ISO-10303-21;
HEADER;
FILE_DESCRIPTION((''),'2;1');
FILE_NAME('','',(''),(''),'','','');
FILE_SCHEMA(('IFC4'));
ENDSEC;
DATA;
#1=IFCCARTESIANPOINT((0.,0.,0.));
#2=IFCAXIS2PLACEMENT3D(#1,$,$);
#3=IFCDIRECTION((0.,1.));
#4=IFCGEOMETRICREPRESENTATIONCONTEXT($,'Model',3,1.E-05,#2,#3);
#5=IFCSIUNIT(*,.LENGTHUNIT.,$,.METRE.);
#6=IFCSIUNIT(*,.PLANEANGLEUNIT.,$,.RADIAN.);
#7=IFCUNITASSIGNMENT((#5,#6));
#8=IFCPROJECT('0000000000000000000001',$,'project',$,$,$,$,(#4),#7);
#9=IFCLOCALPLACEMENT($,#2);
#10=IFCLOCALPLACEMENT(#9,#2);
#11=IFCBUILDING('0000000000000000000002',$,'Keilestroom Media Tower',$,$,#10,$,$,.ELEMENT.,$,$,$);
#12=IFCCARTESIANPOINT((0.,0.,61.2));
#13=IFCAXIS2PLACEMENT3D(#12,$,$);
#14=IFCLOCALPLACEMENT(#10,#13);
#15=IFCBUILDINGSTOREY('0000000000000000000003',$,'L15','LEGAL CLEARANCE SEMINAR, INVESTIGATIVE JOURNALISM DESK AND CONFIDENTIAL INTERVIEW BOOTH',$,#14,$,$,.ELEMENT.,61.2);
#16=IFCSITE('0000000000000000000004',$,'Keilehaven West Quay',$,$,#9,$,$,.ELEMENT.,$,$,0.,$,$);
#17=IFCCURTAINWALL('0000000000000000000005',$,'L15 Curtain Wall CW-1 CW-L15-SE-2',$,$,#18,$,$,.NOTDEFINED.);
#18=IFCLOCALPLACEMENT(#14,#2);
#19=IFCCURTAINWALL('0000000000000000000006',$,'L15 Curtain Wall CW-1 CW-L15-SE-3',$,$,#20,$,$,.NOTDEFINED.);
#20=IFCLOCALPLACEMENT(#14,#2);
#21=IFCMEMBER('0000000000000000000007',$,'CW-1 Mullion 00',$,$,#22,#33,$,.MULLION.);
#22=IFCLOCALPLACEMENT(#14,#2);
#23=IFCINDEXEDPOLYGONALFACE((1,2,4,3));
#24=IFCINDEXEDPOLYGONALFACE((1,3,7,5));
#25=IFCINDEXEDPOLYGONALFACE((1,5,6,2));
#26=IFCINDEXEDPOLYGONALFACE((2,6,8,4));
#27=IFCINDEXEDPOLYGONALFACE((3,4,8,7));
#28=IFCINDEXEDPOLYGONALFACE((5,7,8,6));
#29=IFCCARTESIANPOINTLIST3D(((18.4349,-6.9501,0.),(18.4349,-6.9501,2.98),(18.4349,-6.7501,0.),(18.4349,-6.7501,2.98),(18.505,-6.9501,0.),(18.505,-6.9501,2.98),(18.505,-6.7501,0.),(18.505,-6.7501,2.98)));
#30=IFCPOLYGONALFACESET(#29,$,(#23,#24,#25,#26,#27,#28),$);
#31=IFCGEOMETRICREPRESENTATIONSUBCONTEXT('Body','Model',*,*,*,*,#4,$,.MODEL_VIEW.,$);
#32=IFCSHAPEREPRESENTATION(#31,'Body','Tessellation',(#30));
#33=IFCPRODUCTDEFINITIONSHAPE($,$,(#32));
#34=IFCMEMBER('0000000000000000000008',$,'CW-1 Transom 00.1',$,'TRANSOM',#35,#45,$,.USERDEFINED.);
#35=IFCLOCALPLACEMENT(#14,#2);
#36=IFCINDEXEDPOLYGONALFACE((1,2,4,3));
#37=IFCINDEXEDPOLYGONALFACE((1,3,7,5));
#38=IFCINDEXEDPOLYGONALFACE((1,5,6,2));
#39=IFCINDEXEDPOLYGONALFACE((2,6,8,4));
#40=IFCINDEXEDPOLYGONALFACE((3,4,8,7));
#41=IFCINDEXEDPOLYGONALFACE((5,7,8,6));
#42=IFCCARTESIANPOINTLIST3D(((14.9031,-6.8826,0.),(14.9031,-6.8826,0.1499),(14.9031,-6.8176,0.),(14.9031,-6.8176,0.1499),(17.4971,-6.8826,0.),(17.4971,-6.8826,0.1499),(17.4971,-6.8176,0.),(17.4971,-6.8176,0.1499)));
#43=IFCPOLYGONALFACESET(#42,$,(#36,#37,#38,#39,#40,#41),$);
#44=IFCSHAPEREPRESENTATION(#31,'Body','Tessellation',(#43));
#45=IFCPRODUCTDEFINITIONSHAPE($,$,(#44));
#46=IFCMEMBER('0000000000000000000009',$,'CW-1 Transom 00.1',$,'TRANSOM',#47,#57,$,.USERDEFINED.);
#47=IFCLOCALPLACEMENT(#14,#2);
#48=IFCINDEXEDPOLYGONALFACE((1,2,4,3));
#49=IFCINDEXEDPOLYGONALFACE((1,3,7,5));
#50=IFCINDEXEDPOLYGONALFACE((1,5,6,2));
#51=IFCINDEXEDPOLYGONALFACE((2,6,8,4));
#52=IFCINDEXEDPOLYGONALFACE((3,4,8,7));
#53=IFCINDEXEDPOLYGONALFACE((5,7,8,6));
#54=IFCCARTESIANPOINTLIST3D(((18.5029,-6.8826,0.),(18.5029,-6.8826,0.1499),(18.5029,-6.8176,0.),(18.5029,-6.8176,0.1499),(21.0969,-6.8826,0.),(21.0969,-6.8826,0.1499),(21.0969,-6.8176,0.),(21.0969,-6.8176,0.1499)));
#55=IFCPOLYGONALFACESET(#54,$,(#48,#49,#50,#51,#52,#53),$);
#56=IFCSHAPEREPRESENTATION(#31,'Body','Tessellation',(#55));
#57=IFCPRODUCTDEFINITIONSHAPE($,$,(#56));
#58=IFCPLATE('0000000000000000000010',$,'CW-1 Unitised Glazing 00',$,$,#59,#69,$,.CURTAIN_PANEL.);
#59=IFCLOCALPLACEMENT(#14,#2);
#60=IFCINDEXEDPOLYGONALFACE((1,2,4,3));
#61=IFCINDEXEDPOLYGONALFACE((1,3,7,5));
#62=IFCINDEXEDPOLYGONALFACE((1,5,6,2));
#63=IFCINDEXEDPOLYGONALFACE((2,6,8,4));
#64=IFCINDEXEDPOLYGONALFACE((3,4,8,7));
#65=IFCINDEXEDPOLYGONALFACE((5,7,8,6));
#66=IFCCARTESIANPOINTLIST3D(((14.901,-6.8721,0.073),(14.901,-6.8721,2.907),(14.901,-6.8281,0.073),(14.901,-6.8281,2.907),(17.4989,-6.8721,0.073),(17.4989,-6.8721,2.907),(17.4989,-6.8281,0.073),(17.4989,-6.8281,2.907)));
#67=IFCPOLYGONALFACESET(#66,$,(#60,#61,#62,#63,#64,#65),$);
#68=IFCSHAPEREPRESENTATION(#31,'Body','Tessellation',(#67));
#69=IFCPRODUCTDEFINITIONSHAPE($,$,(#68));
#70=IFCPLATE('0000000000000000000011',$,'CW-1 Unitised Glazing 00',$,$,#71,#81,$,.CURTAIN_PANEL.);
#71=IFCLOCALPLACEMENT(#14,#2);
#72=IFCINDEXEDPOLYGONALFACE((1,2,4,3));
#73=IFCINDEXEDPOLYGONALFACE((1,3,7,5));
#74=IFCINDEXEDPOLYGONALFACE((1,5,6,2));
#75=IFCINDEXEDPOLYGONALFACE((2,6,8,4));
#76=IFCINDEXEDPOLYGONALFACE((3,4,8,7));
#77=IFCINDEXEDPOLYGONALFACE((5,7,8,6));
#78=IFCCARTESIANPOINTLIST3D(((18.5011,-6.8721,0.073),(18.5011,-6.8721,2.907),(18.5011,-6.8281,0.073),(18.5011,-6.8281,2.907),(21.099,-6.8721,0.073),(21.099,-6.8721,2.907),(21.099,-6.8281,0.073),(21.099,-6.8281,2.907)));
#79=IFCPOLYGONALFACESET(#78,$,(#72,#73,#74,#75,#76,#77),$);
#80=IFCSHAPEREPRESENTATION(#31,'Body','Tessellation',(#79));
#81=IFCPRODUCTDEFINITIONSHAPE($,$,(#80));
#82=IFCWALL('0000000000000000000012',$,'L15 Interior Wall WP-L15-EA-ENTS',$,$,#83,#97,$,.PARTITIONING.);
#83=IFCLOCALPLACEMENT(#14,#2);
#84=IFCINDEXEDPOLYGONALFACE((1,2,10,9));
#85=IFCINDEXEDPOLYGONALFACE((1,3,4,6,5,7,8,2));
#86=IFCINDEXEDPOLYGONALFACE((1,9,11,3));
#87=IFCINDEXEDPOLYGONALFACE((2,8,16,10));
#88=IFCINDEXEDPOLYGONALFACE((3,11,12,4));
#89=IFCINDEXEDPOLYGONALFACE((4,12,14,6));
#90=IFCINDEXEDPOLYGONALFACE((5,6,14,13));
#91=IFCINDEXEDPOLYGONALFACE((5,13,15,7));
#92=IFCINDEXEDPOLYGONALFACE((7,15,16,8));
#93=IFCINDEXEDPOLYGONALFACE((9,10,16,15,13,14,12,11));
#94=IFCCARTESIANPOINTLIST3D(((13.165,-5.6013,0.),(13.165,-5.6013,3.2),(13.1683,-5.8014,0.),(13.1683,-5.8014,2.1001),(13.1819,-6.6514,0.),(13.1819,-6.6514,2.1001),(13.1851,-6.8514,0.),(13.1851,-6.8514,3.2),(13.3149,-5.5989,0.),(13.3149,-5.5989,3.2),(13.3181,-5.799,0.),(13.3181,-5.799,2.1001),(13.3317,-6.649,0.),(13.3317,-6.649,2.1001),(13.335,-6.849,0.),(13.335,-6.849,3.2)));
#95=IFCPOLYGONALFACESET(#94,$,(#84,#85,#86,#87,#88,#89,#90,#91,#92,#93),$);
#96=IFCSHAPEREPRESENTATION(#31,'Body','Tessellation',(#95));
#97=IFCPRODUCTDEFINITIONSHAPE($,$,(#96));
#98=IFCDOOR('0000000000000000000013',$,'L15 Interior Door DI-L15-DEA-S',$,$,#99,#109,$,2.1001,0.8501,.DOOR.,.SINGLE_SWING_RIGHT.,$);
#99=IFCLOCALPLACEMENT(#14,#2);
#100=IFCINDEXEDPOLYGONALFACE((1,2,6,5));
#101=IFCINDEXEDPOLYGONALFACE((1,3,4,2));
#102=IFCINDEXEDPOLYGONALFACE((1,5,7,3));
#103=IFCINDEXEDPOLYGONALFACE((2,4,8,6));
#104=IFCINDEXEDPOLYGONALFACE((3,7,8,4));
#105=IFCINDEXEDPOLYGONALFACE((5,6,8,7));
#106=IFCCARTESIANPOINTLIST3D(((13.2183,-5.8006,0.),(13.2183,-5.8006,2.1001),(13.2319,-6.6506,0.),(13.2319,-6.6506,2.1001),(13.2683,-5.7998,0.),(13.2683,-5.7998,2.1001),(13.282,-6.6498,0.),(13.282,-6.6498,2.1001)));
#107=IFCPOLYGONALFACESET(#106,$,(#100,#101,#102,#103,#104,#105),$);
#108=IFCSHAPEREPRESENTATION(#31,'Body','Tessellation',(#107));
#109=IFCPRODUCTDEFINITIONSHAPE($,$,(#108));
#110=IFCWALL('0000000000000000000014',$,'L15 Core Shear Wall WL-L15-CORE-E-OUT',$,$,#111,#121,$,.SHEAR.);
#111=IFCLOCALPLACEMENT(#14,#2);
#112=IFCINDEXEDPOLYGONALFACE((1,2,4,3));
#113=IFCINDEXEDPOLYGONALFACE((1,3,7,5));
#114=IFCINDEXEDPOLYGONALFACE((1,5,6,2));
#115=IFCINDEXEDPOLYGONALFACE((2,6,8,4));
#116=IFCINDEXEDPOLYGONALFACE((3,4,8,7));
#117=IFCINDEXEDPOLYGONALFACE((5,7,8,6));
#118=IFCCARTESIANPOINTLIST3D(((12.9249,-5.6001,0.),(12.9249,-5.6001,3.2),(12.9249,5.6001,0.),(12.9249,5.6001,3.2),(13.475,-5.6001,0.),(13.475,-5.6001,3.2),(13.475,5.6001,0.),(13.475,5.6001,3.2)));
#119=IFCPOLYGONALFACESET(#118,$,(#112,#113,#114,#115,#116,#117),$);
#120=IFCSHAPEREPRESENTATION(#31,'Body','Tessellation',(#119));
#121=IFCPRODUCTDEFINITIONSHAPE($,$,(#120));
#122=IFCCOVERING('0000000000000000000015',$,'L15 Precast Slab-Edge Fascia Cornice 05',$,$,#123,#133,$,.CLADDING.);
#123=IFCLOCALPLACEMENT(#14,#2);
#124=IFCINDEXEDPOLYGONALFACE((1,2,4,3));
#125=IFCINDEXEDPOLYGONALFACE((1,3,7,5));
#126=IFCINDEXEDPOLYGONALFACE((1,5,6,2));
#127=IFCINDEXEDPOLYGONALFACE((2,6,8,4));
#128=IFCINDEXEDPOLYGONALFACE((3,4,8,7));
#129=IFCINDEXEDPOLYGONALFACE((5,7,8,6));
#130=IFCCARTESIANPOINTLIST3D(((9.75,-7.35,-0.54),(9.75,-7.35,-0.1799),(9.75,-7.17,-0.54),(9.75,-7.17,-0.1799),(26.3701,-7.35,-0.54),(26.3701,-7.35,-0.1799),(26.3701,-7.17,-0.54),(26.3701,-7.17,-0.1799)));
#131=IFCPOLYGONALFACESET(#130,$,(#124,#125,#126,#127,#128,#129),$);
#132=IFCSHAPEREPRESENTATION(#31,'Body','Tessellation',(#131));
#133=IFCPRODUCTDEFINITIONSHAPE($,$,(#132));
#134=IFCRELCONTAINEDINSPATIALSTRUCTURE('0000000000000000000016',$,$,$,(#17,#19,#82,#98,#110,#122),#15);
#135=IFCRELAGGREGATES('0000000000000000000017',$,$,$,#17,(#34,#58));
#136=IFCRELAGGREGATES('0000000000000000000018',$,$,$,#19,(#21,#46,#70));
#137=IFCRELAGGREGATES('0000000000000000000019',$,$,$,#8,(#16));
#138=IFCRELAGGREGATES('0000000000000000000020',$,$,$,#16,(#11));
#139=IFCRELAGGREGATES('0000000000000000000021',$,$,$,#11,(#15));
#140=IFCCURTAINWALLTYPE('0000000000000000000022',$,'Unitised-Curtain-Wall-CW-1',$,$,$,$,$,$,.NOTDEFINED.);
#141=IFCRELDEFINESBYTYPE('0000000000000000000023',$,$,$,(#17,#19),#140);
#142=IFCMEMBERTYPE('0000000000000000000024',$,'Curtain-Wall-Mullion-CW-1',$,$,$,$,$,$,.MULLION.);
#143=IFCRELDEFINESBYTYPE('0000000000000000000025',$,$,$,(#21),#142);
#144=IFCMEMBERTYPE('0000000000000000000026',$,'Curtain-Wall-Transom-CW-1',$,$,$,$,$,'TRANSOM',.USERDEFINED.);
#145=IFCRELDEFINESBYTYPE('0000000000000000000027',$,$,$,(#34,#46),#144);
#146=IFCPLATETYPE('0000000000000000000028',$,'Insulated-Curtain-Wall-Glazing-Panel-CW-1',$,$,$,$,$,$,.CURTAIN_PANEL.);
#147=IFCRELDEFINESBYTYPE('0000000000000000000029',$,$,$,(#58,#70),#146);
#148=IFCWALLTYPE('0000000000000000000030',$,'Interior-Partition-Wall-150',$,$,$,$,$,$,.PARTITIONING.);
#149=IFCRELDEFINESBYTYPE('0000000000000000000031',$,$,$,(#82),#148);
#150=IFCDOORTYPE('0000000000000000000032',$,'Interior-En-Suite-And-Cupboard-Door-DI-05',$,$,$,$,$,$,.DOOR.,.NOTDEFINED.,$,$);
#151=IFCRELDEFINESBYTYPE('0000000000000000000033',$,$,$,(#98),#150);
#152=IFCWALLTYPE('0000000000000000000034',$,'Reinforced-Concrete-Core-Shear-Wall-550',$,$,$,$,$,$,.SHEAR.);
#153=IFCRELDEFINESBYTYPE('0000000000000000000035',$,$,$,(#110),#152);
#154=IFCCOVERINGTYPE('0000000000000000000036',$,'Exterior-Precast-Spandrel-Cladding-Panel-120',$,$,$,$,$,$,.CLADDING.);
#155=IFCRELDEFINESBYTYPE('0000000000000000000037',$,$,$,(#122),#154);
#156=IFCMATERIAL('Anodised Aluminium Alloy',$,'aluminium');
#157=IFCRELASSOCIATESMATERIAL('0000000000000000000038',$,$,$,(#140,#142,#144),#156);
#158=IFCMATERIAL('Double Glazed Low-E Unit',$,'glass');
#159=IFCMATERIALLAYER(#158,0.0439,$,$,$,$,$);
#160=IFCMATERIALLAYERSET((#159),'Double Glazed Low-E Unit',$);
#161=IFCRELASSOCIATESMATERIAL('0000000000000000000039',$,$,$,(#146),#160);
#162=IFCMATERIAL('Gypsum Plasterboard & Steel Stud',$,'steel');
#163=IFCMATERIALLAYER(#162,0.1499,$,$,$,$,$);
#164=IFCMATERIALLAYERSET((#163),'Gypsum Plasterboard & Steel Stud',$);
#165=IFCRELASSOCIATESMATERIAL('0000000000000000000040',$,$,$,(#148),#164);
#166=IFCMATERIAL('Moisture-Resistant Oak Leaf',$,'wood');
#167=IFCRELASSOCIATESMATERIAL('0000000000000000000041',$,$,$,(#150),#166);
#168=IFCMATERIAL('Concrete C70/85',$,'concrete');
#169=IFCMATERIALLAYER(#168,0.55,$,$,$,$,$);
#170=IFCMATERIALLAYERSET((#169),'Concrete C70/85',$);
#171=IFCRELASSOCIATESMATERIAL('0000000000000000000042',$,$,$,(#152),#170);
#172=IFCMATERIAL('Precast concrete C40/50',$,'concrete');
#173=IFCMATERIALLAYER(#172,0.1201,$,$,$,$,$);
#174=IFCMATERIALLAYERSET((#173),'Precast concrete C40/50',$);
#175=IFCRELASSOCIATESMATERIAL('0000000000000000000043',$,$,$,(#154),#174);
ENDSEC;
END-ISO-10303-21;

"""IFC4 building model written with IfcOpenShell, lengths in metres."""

from ifc_helpers import new_model, si_unit, direction, frame, frame_2d, origin, origin_2d, place, context, subcontext, project, spatial, rectangle, extrude, source, transform, mapped, material, layer, layer_set, material_profile, profile_set, type_object, element, fill, aggregate, save


model = new_model("IFC4")

# Units and contexts
model_context = context("Model", 3, precision=1e-05, world=origin(), true_north=direction((0.0, 1.0)))
body_context = subcontext(model_context, "Body", "Model", "MODEL_VIEW")
ifc_project = project(units=[si_unit("LENGTHUNIT", "METRE"), si_unit("PLANEANGLEUNIT", "RADIAN")], contexts=[model_context])

# Site, building, storey
site_placement = place(None, origin())
site = spatial("IfcSite", under=ifc_project, at=site_placement, Name="Keilehaven West Quay", CompositionType="ELEMENT", RefElevation=0.0)
building_placement = place(site_placement, origin())
building = spatial("IfcBuilding", under=site, at=building_placement, Name="Keilestroom Media Tower", CompositionType="ELEMENT")
storey_placement = place(building_placement, frame((0.0, 0.0, 61.2)))
storey = spatial("IfcBuildingStorey", under=building, at=storey_placement, Name="L15", Description="LEGAL CLEARANCE SEMINAR, INVESTIGATIVE JOURNALISM DESK AND CONFIDENTIAL INTERVIEW BOOTH", CompositionType="ELEMENT", Elevation=61.2)

# Shared definitions
ifc_material_1 = material(Name="Precast concrete C40/50", Category="concrete")

# Shared definitions
ifc_material_2 = material(Name="Anodised Aluminium Alloy", Category="aluminium")
curtain_wall_type = type_object("IfcCurtainWallType", Name="Unitised-Curtain-Wall-CW-1", PredefinedType="NOTDEFINED", material=ifc_material_2)
ifc_material_profile_1 = material_profile(ifc_material_2, rectangle(XDim=0.0701, YDim=0.2, at=origin_2d()), Name="ALU MULLION 70x200")
ifc_profile_set_1 = profile_set([ifc_material_profile_1], Name="Anodised Aluminium Alloy")
member_type_1 = type_object("IfcMemberType", Name="Curtain-Wall-Mullion-CW-1", PredefinedType="MULLION", material=ifc_profile_set_1)
shared_shape_1 = source(origin(), body_context, "Body", "SweptSolid", [
    extrude(rectangle(XDim=0.0701, YDim=0.2, at=origin_2d()), origin(), (0.0, 0.0, 1.0), 2.98),
])

# Curtain wall
curtain_wall_1_placement = place(storey_placement, origin())
curtain_wall_1 = element("IfcCurtainWall", 1, at=curtain_wall_1_placement, inside=storey, type_object=curtain_wall_type, Name="L15 Curtain Wall CW-1 CW-L15-SE-2", PredefinedType="NOTDEFINED")

# Curtain wall, member
curtain_wall_2_placement = place(storey_placement, origin())
curtain_wall_2 = element("IfcCurtainWall", 2, at=curtain_wall_2_placement, inside=storey, type_object=curtain_wall_type, Name="L15 Curtain Wall CW-1 CW-L15-SE-3", PredefinedType="NOTDEFINED")
member_1_placement = place(storey_placement, frame((18.47, -6.8501, 0.0), z_axis=(0.0, 0.0, 1.0), x_axis=(1.0, 0.0, 0.0)))
member_1 = element("IfcMember", 3, at=member_1_placement, type_object=member_type_1, Name="CW-1 Mullion 00", PredefinedType="MULLION", context=body_context, shape_type="MappedRepresentation", body=[
    mapped(shared_shape_1, transform((0.0, 0.0, 0.0), x_axis=(1.0, 0.0, 0.0), y_axis=(0.0, 1.0, 0.0), z_axis=(0.0, 0.0, 1.0), scale=1.0)),
])

# Members
ifc_material_profile_2 = material_profile(ifc_material_2, rectangle(XDim=0.0649, YDim=0.1499, at=origin_2d()), Name="ALU TRANSOM 65x150")
ifc_profile_set_2 = profile_set([ifc_material_profile_2], Name="Anodised Aluminium Alloy")
member_type_2 = type_object("IfcMemberType", Name="Curtain-Wall-Transom-CW-1", ElementType="TRANSOM", PredefinedType="USERDEFINED", material=ifc_profile_set_2)
shared_shape_2 = source(origin(), body_context, "Body", "SweptSolid", [
    extrude(rectangle(XDim=0.0649, YDim=0.1499, at=origin_2d()), origin(), (0.0, 0.0, 1.0), 2.594),
])
member_2_placement = place(storey_placement, frame((14.9031, -6.8501, 0.075), z_axis=(1.0, 0.0, 0.0), x_axis=(0.0, 1.0, 0.0)))
member_2 = element("IfcMember", 4, at=member_2_placement, type_object=member_type_2, Name="CW-1 Transom 00.1", ObjectType="TRANSOM", PredefinedType="USERDEFINED", context=body_context, shape_type="MappedRepresentation", body=[
    mapped(shared_shape_2, transform((0.0, 0.0, 0.0), x_axis=(1.0, 0.0, 0.0), y_axis=(0.0, 1.0, 0.0), z_axis=(0.0, 0.0, 1.0), scale=1.0)),
])
member_3_placement = place(storey_placement, frame((18.5029, -6.8501, 0.075), z_axis=(1.0, 0.0, 0.0), x_axis=(0.0, 1.0, 0.0)))
member_3 = element("IfcMember", 5, at=member_3_placement, type_object=member_type_2, Name="CW-1 Transom 00.1", ObjectType="TRANSOM", PredefinedType="USERDEFINED", context=body_context, shape_type="MappedRepresentation", body=[
    mapped(shared_shape_2, transform((0.0, 0.0, 0.0), x_axis=(1.0, 0.0, 0.0), y_axis=(0.0, 1.0, 0.0), z_axis=(0.0, 0.0, 1.0), scale=1.0)),
])

# Plates
ifc_material_3 = material(Name="Double Glazed Low-E Unit", Category="glass")
ifc_layer_1 = layer(ifc_material_3, 0.0439)
ifc_layer_set_1 = layer_set([ifc_layer_1], Name="Double Glazed Low-E Unit")
plate_type = type_object("IfcPlateType", Name="Insulated-Curtain-Wall-Glazing-Panel-CW-1", PredefinedType="CURTAIN_PANEL", material=ifc_layer_set_1)
shared_shape_3 = source(origin(), body_context, "Body", "SweptSolid", [
    extrude(rectangle(XDim=2.5979, YDim=0.0439, at=origin_2d()), origin(), (0.0, 0.0, 1.0), 2.834),
])
plate_1_placement = place(storey_placement, frame((16.2, -6.8501, 0.073), z_axis=(0.0, 0.0, 1.0), x_axis=(1.0, 0.0, 0.0)))
plate_1 = element("IfcPlate", 6, at=plate_1_placement, type_object=plate_type, Name="CW-1 Unitised Glazing 00", PredefinedType="CURTAIN_PANEL", context=body_context, shape_type="MappedRepresentation", body=[
    mapped(shared_shape_3, transform((0.0, 0.0, 0.0), x_axis=(1.0, 0.0, 0.0), y_axis=(0.0, 1.0, 0.0), z_axis=(0.0, 0.0, 1.0), scale=1.0)),
])
aggregate(curtain_wall_1, [member_2, plate_1])
plate_2_placement = place(storey_placement, frame((19.8, -6.8501, 0.073), z_axis=(0.0, 0.0, 1.0), x_axis=(1.0, 0.0, 0.0)))
plate_2 = element("IfcPlate", 7, at=plate_2_placement, type_object=plate_type, Name="CW-1 Unitised Glazing 00", PredefinedType="CURTAIN_PANEL", context=body_context, shape_type="MappedRepresentation", body=[
    mapped(shared_shape_3, transform((0.0, 0.0, 0.0), x_axis=(1.0, 0.0, 0.0), y_axis=(0.0, 1.0, 0.0), z_axis=(0.0, 0.0, 1.0), scale=1.0)),
])
aggregate(curtain_wall_2, [member_1, member_3, plate_2])

# Wall, opening, door
ifc_material_4 = material(Name="Gypsum Plasterboard & Steel Stud", Category="steel")
ifc_layer_2 = layer(ifc_material_4, 0.1499)
ifc_layer_set_2 = layer_set([ifc_layer_2], Name="Gypsum Plasterboard & Steel Stud")
wall_type_1 = type_object("IfcWallType", Name="Interior-Partition-Wall-150", PredefinedType="PARTITIONING", material=ifc_layer_set_2)
wall_1_placement = place(storey_placement, frame((13.26, -6.8501, 0.0), z_axis=(0.0, 0.0, 1.0), x_axis=(-0.016014, 0.999872, 0.0)))
wall_1 = element("IfcWall", 8, at=wall_1_placement, inside=storey, type_object=wall_type_1, Name="L15 Interior Wall WP-L15-EA-ENTS", PredefinedType="PARTITIONING", context=body_context, shape_type="SweptSolid", body=[
    extrude(rectangle(XDim=1.2502, YDim=0.1499, at=frame_2d((0.625, 0.0))), origin(), (0.0, 0.0, 1.0), 3.2),
])
opening_placement = place(wall_1_placement, frame((0.2, 0.0, 0.0)))
opening = element("IfcOpeningElement", 9, at=opening_placement, cuts=wall_1, PredefinedType="OPENING", context=body_context, shape_type="SweptSolid", body=[
    extrude(rectangle(XDim=0.8501, YDim=2.1001, at=frame_2d((0.425, 1.05))), frame((0.0, 0.085, 0.0), z_axis=(0.0, -1.0, 0.0), x_axis=(1.0, 0.0, 0.0)), (0.0, 0.0, 1.0), 0.1699),
])
ifc_material_5 = material(Name="Moisture-Resistant Oak Leaf", Category="wood")
door_type = type_object("IfcDoorType", Name="Interior-En-Suite-And-Cupboard-Door-DI-05", OperationType="NOTDEFINED", PredefinedType="DOOR", material=ifc_material_5)
shared_shape_4 = source(origin(), body_context, "Body", "SweptSolid", [
    extrude(rectangle(XDim=0.8501, YDim=2.1001, at=frame_2d((0.425, 1.05))), frame((0.0, 0.0249, 0.0), z_axis=(0.0, -1.0, 0.0), x_axis=(1.0, 0.0, 0.0)), (0.0, 0.0, 1.0), 0.05),
])
door_placement = place(opening_placement, origin())
door = element("IfcDoor", 10, at=door_placement, inside=storey, type_object=door_type, Name="L15 Interior Door DI-L15-DEA-S", OperationType="SINGLE_SWING_RIGHT", OverallHeight=2.1001, OverallWidth=0.8501, PredefinedType="DOOR", context=body_context, shape_type="MappedRepresentation", body=[
    mapped(shared_shape_4, transform((0.0, 0.0, 0.0), x_axis=(1.0, 0.0, 0.0), y_axis=(0.0, 1.0, 0.0), z_axis=(0.0, 0.0, 1.0), scale=1.0)),
])
fill(opening, door)

# Wall
ifc_material_6 = material(Name="Concrete C70/85", Category="concrete")
ifc_layer_3 = layer(ifc_material_6, 0.55)
ifc_layer_set_3 = layer_set([ifc_layer_3], Name="Concrete C70/85")
wall_type_2 = type_object("IfcWallType", Name="Reinforced-Concrete-Core-Shear-Wall-550", PredefinedType="SHEAR", material=ifc_layer_set_3)
wall_2_placement = place(storey_placement, frame((13.2, -5.6001, 0.0), z_axis=(0.0, 0.0, 1.0), x_axis=(0.0, 1.0, 0.0)))
element("IfcWall", 11, at=wall_2_placement, inside=storey, type_object=wall_type_2, Name="L15 Core Shear Wall WL-L15-CORE-E-OUT", PredefinedType="SHEAR", context=body_context, shape_type="SweptSolid", body=[
    extrude(rectangle(XDim=11.2002, YDim=0.55, at=frame_2d((5.6001, 0.0))), origin(), (0.0, 0.0, 1.0), 3.2),
])

# Covering
ifc_layer_4 = layer(ifc_material_1, 0.1201)
ifc_layer_set_4 = layer_set([ifc_layer_4], Name="Precast concrete C40/50")
covering_type = type_object("IfcCoveringType", Name="Exterior-Precast-Spandrel-Cladding-Panel-120", PredefinedType="CLADDING", material=ifc_layer_set_4)
shared_shape_5 = source(origin(), body_context, "Body", "SweptSolid", [
    extrude(rectangle(XDim=16.6201, YDim=0.1799, at=origin_2d()), origin(), (0.0, 0.0, 1.0), 0.3601),
])
covering_placement = place(storey_placement, frame((18.0601, -7.26, -0.54), z_axis=(0.0, 0.0, 1.0), x_axis=(-1.0, 0.0, 0.0)))
element("IfcCovering", 12, at=covering_placement, inside=storey, type_object=covering_type, Name="L15 Precast Slab-Edge Fascia Cornice 05", PredefinedType="CLADDING", context=body_context, shape_type="MappedRepresentation", body=[
    mapped(shared_shape_5, transform((0.0, 0.0, 0.0), x_axis=(1.0, 0.0, 0.0), y_axis=(0.0, 1.0, 0.0), z_axis=(0.0, 0.0, 1.0), scale=1.0)),
])

save(model, "model.ifc")
